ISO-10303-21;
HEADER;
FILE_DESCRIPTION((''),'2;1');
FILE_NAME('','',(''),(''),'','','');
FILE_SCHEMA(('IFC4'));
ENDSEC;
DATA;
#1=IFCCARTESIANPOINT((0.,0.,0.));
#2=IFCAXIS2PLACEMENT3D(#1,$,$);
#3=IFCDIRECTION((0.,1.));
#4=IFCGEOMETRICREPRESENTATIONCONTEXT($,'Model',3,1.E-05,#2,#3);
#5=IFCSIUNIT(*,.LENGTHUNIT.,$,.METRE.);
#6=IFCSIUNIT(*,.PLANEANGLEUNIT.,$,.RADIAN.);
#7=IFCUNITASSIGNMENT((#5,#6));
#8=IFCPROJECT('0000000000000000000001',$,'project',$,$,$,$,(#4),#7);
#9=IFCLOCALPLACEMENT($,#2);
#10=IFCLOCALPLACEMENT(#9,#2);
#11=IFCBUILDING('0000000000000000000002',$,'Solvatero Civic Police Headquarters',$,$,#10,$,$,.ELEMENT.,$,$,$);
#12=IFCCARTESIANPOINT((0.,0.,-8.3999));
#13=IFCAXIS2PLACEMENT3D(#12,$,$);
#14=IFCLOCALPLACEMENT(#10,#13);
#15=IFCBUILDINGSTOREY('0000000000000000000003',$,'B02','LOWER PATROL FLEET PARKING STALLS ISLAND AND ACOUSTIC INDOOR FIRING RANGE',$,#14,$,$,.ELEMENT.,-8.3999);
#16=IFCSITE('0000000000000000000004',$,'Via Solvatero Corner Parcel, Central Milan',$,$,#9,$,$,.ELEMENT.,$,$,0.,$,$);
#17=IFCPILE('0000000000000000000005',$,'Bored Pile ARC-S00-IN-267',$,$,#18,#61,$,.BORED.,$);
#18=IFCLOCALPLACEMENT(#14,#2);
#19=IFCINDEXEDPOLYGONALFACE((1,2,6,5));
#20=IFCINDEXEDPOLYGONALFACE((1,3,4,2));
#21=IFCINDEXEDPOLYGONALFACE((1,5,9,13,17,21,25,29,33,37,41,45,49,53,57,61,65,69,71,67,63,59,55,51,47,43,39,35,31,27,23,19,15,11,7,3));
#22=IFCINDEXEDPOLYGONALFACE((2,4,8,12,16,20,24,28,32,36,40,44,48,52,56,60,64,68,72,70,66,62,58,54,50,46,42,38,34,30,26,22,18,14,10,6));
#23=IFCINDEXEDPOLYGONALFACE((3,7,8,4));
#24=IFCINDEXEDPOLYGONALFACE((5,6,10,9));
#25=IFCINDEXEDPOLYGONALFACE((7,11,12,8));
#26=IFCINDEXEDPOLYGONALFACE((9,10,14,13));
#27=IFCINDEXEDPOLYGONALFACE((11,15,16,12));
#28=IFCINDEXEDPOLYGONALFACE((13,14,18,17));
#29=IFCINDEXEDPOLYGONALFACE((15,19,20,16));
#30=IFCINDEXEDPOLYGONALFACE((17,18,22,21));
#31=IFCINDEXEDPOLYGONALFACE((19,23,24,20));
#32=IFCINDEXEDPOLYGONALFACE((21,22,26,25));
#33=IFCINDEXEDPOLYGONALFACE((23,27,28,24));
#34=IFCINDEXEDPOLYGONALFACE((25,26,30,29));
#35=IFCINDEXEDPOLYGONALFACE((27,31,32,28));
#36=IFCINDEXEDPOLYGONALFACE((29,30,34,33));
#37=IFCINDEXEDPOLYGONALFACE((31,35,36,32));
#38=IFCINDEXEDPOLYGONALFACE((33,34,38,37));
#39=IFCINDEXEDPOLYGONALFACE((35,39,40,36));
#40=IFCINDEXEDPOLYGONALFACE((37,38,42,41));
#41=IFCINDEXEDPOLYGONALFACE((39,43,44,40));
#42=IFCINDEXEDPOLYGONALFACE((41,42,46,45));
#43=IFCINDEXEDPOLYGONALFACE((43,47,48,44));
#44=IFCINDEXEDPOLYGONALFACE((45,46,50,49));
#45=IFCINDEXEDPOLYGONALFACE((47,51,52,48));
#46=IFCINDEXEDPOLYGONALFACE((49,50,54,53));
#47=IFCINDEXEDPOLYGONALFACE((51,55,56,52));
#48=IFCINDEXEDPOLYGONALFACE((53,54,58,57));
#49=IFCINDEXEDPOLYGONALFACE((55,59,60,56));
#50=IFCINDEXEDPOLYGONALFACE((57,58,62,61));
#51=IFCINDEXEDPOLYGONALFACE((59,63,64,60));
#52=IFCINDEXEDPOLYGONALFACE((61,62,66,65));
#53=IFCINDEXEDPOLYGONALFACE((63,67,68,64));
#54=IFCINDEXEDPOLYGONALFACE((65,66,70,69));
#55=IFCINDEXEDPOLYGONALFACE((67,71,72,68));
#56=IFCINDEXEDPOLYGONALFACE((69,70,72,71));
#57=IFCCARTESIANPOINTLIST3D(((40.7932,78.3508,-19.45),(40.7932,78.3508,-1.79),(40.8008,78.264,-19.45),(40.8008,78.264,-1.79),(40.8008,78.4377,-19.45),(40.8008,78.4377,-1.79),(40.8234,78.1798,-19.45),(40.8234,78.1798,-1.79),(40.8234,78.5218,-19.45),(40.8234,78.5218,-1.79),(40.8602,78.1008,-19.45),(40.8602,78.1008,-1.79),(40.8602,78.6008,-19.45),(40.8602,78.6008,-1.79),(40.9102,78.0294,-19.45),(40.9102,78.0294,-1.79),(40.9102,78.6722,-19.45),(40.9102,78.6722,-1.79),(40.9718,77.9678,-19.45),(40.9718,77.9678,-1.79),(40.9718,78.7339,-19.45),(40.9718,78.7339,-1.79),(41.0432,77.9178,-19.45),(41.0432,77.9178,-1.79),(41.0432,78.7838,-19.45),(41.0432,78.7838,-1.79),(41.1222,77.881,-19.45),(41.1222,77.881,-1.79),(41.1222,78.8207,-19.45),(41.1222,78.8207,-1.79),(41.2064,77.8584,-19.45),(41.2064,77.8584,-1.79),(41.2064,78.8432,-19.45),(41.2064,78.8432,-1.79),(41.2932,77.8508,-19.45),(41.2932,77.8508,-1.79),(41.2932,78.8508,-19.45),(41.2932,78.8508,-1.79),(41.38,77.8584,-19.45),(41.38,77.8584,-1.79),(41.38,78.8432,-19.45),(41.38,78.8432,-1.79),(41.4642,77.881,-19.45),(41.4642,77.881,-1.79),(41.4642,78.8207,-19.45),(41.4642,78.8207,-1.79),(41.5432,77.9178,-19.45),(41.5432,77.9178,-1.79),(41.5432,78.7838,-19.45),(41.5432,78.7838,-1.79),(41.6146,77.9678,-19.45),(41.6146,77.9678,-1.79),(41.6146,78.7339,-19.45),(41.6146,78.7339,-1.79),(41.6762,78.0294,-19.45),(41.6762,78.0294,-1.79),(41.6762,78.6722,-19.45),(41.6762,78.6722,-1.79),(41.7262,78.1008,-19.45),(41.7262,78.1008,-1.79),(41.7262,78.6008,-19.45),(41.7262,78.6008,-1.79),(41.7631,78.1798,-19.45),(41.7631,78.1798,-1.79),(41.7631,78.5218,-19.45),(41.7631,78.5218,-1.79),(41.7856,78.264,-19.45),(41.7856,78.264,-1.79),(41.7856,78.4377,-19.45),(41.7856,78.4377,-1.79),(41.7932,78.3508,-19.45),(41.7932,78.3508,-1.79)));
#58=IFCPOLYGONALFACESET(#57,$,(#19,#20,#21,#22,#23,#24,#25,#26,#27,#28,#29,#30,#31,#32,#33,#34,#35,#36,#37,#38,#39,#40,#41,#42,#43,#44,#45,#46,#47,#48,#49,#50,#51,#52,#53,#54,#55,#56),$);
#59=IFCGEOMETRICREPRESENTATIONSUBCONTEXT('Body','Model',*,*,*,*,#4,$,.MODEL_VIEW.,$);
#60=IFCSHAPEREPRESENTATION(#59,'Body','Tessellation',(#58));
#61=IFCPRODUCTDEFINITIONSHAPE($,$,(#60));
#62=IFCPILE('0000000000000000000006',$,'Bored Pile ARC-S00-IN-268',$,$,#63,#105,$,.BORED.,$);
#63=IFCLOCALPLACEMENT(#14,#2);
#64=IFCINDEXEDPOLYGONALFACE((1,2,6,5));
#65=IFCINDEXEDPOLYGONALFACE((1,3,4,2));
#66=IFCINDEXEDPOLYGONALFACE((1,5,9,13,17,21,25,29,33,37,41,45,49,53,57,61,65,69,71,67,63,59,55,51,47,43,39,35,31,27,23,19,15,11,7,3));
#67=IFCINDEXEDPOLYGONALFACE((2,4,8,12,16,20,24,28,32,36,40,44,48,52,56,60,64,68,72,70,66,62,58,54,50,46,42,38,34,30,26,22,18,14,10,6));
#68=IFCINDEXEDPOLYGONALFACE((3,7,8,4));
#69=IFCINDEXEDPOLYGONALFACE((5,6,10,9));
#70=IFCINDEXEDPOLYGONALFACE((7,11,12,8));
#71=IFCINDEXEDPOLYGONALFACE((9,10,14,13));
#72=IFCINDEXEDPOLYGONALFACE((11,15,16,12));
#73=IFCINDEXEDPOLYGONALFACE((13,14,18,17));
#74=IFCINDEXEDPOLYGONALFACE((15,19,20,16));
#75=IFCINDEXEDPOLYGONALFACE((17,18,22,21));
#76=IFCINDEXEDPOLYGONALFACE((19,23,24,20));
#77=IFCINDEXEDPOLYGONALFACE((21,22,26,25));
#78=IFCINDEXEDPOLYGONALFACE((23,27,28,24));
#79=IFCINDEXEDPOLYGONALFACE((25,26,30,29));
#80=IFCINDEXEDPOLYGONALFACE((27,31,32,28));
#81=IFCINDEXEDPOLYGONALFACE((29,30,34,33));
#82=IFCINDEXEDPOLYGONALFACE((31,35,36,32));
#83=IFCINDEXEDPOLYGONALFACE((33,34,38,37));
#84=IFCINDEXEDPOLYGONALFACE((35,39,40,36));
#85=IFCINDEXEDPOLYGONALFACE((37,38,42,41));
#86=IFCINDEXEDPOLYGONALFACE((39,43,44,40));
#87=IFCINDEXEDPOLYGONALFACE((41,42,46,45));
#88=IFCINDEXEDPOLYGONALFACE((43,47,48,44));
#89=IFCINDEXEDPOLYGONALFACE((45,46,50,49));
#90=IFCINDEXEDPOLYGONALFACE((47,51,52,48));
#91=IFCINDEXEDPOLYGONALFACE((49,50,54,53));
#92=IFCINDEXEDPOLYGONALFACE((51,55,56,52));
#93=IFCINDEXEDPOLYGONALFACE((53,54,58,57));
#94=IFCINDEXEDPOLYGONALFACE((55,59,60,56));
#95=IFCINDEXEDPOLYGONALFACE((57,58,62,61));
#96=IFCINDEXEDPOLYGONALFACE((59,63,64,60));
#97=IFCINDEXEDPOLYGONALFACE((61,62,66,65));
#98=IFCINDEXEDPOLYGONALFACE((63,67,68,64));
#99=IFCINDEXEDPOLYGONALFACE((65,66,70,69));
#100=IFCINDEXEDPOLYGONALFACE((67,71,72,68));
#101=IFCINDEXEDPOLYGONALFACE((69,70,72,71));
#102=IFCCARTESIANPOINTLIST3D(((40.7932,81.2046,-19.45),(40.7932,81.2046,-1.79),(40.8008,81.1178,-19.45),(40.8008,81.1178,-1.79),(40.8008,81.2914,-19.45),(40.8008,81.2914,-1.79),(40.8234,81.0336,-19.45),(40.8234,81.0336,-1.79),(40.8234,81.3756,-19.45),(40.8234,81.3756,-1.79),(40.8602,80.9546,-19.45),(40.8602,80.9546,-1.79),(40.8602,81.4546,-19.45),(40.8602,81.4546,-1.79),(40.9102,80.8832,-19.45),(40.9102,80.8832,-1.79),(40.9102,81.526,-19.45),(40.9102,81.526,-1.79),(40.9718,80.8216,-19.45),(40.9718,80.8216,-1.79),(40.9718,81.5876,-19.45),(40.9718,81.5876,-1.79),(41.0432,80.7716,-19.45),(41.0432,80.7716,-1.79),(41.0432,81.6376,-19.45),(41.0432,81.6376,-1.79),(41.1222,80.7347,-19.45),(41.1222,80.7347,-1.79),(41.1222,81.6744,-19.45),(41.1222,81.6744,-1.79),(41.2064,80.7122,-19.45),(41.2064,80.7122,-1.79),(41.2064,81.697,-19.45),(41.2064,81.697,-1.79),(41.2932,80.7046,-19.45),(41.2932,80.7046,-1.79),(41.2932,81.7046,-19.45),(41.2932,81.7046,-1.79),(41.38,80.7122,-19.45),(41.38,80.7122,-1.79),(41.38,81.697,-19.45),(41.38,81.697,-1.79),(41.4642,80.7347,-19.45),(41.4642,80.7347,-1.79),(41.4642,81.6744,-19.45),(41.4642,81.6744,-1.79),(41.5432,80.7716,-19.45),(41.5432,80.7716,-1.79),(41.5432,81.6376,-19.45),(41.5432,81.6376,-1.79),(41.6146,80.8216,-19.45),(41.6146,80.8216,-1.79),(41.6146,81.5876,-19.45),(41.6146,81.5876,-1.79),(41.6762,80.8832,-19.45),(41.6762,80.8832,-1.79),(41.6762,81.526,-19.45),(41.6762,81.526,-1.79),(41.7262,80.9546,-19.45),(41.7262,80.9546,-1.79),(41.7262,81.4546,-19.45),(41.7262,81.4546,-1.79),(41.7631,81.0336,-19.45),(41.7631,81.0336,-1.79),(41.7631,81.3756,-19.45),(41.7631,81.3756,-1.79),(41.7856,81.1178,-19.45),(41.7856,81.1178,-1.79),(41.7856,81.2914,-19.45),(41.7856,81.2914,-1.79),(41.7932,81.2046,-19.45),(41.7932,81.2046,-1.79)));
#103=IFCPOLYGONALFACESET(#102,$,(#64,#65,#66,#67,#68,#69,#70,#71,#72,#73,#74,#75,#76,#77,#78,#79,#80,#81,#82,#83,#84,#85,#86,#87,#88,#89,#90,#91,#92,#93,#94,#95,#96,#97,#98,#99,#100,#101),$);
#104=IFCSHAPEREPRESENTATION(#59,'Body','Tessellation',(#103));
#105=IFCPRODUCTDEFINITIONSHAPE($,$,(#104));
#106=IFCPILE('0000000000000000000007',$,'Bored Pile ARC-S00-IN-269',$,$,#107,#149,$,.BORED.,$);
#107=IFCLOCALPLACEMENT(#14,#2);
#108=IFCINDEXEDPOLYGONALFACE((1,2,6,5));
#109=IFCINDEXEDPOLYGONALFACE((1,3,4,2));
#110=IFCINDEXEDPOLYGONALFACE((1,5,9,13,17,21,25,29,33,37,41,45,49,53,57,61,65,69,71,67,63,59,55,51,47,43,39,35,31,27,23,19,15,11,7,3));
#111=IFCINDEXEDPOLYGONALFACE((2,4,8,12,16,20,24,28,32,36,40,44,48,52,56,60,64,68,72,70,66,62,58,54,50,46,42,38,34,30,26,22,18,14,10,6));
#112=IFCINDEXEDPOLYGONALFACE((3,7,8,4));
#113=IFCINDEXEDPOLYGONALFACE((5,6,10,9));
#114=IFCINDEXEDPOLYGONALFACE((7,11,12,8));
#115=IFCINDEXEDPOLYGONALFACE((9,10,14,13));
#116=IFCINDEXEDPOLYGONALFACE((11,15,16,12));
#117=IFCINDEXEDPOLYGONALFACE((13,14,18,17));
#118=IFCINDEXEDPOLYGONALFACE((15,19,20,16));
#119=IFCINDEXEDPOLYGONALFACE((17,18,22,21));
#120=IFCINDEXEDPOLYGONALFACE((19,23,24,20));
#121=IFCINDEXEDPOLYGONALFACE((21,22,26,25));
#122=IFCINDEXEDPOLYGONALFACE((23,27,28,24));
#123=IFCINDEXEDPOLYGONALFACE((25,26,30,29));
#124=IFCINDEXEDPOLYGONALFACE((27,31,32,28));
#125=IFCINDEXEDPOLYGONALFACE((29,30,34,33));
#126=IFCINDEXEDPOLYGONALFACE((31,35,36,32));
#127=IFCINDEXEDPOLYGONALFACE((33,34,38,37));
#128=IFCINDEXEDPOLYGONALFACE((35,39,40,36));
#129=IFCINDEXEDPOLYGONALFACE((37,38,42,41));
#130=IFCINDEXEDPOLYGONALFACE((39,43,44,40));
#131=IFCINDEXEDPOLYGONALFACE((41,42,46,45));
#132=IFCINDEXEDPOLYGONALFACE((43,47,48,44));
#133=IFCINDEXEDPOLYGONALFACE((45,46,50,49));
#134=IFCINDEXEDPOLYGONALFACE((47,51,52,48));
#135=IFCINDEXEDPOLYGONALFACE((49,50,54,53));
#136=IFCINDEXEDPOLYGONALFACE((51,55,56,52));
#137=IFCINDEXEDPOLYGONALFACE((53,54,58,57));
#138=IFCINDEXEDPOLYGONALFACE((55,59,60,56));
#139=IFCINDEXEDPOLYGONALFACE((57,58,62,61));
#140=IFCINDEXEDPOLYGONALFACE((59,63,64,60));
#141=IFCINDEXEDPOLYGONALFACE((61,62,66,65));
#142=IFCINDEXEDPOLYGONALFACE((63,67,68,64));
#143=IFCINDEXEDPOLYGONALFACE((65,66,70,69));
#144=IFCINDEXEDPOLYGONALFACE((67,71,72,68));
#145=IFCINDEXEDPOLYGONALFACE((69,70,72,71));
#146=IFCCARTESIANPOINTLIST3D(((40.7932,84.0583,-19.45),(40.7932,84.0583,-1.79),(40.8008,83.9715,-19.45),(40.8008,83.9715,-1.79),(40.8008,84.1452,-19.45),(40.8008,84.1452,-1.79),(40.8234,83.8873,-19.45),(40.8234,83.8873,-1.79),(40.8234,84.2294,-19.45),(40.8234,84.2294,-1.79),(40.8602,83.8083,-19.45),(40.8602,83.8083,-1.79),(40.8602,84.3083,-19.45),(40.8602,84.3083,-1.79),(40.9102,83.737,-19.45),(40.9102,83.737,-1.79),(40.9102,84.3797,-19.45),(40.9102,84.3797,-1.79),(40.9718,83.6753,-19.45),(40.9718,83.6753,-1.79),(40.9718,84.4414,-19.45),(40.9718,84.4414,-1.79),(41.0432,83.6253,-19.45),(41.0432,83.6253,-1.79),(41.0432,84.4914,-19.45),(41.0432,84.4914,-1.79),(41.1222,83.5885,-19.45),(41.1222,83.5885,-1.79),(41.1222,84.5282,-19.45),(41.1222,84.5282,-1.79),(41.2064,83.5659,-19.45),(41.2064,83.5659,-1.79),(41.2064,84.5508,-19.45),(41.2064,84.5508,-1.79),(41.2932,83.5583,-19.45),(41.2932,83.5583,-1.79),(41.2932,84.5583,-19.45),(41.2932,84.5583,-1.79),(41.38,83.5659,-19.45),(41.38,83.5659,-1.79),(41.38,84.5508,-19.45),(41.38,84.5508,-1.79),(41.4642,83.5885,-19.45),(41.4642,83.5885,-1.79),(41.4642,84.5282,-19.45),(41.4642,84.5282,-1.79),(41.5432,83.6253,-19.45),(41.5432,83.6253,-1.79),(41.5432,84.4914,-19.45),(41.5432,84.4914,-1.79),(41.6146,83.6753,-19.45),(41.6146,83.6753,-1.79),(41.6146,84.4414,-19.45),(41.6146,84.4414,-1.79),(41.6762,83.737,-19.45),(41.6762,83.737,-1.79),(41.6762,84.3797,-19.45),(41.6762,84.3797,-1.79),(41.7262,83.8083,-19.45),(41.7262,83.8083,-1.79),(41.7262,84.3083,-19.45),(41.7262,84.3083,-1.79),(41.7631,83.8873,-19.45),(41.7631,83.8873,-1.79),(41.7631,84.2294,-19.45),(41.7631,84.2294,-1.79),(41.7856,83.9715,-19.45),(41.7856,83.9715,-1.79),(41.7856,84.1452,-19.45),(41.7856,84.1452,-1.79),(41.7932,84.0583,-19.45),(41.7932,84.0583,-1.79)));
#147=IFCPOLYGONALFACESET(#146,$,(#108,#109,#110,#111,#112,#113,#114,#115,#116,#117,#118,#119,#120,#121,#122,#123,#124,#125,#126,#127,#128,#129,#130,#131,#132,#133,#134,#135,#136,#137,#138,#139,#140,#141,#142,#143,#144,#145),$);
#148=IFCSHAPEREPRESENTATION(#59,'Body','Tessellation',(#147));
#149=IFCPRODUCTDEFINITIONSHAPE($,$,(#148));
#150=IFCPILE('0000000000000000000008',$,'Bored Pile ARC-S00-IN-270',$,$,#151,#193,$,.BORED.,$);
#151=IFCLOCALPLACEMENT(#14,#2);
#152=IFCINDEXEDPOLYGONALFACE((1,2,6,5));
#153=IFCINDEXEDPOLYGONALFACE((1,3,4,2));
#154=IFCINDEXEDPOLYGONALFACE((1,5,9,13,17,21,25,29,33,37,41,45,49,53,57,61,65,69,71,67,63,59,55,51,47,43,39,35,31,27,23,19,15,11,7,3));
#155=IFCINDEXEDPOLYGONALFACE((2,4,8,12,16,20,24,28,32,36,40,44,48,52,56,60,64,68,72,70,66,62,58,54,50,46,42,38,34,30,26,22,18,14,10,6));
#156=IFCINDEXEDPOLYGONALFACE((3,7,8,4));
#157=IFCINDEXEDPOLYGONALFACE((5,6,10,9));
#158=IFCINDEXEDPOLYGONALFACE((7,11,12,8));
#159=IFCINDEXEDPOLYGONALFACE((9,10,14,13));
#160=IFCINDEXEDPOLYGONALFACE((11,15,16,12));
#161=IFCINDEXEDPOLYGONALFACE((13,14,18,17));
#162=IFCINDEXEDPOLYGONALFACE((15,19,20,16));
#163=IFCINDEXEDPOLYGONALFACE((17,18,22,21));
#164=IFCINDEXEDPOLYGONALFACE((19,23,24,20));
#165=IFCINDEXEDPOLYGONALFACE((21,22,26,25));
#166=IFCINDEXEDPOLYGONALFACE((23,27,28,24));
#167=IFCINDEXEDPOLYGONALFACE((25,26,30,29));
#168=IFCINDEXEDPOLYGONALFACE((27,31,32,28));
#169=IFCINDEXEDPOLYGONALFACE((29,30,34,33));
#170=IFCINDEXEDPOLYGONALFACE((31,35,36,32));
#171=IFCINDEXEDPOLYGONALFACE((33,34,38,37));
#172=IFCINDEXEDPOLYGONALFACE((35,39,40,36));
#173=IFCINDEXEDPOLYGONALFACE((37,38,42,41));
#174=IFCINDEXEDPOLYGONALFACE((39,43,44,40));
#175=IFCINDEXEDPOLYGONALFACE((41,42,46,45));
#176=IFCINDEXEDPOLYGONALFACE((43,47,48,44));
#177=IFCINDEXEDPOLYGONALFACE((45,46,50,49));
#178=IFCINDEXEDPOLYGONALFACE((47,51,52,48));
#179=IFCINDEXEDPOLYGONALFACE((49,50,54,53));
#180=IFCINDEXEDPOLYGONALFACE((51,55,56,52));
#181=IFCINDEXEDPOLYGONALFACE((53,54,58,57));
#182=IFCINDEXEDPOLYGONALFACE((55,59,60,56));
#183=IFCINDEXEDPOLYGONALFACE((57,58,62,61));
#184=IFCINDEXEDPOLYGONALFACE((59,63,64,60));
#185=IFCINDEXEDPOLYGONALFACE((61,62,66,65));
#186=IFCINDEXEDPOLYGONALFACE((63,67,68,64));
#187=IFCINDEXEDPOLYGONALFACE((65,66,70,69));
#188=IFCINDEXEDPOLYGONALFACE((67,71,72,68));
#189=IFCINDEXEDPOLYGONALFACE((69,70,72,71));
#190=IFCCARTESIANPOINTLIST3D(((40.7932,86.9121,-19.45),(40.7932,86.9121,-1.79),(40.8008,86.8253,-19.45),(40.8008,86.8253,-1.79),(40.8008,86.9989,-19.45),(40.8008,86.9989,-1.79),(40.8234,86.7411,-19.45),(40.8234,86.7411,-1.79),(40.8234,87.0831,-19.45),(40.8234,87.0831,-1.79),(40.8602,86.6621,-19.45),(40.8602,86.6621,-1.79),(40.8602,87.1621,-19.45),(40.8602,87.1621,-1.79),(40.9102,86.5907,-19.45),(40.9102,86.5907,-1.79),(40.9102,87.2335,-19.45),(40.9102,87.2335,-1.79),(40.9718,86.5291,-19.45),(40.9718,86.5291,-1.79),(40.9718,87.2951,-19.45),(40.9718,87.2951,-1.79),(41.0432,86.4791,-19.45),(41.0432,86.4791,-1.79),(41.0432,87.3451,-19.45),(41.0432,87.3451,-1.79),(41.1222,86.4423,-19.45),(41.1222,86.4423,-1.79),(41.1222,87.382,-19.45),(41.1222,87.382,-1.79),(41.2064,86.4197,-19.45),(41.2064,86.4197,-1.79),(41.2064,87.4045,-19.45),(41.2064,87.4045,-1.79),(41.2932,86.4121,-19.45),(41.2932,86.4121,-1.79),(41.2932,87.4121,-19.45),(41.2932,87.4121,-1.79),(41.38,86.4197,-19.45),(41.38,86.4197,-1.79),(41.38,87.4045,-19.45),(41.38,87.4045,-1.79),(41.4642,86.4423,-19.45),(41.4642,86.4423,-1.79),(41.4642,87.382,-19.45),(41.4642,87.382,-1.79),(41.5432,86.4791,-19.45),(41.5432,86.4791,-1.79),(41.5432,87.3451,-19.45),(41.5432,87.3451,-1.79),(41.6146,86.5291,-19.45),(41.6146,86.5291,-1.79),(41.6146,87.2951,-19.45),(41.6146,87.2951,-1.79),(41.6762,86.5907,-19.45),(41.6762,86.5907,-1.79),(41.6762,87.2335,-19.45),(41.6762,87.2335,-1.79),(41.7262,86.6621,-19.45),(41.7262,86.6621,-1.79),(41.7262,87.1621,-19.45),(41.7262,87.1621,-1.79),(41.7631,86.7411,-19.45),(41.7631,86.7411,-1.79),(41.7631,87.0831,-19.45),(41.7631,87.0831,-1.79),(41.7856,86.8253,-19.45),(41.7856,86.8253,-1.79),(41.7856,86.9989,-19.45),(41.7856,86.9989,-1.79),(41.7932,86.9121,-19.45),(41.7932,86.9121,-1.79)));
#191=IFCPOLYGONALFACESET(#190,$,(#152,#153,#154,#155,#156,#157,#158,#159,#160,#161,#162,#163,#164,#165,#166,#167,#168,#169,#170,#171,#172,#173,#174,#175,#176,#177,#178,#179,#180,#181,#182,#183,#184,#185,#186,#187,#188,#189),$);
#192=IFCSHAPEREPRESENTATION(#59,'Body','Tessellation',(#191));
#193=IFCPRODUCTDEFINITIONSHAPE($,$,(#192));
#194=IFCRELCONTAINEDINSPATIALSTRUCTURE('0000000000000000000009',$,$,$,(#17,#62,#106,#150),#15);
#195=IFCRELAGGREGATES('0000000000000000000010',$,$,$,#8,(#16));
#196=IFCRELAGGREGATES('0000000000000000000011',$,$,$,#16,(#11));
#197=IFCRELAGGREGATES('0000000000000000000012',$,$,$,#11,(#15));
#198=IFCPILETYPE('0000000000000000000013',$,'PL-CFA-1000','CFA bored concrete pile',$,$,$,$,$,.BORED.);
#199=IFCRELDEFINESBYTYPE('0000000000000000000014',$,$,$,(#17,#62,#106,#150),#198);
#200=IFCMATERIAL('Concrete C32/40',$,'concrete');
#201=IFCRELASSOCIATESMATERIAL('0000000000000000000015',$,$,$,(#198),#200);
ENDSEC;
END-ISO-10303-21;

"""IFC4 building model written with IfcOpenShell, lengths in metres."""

from ifc_helpers import new_model, si_unit, direction, frame, origin, origin_2d, place, context, subcontext, project, spatial, circle, extrude, material, material_profile, profile_set, type_object, element, save


model = new_model("IFC4")

# Units and contexts
model_context = context("Model", 3, precision=1e-05, world=origin(), true_north=direction((0.0, 1.0)))
body_context = subcontext(model_context, "Body", "Model", "MODEL_VIEW")
ifc_project = project(units=[si_unit("LENGTHUNIT", "METRE"), si_unit("PLANEANGLEUNIT", "RADIAN")], contexts=[model_context])

# Site, building, storey
site_placement = place(None, origin())
site = spatial("IfcSite", under=ifc_project, at=site_placement, Name="Via Solvatero Corner Parcel, Central Milan", CompositionType="ELEMENT", RefElevation=0.0)
building_placement = place(site_placement, origin())
building = spatial("IfcBuilding", under=site, at=building_placement, Name="Solvatero Civic Police Headquarters", CompositionType="ELEMENT")
storey_placement = place(building_placement, frame((0.0, 0.0, -8.3999)))
storey = spatial("IfcBuildingStorey", under=building, at=storey_placement, Name="B02", Description="LOWER PATROL FLEET PARKING STALLS ISLAND AND ACOUSTIC INDOOR FIRING RANGE", CompositionType="ELEMENT", Elevation=-8.3999)

# Piles
ifc_material_1 = material(Name="Concrete C32/40", Category="concrete")
ifc_material_profile_1 = material_profile(ifc_material_1, circle(Radius=0.5, at=origin_2d()), Name="CFA PILE D1000")
ifc_profile_set_1 = profile_set([ifc_material_profile_1], Name="Concrete C32/40")
pile_type_1 = type_object("IfcPileType", Name="PL-CFA-1000", Description="CFA bored concrete pile", PredefinedType="BORED", material=ifc_profile_set_1)
for number, where, z_axis, x_axis, name in (
    (1, (41.2932, 78.3508, -1.79), (0.0, 0.0, -1.0), (1.0, 0.0, 0.0), "Bored Pile ARC-S00-IN-267"),
    (2, (41.2932, 81.2046, -1.79), (0.0, 0.0, -1.0), (1.0, 0.0, 0.0), "Bored Pile ARC-S00-IN-268"),
    (3, (41.2932, 84.0583, -1.79), (0.0, 0.0, -1.0), (1.0, 0.0, 0.0), "Bored Pile ARC-S00-IN-269"),
    (4, (41.2932, 86.9121, -1.79), (0.0, 0.0, -1.0), (1.0, 0.0, 0.0), "Bored Pile ARC-S00-IN-270"),
):
    element("IfcPile", number, at=place(storey_placement, frame(where, z_axis=z_axis, x_axis=x_axis)), inside=storey, type_object=pile_type_1, Name=name, PredefinedType="BORED", context=body_context, shape_type="SweptSolid", body=[
        extrude(circle(Radius=0.5, at=origin_2d()), origin(), (0.0, 0.0, 1.0), 17.6599),
    ])

save(model, "model.ifc")
